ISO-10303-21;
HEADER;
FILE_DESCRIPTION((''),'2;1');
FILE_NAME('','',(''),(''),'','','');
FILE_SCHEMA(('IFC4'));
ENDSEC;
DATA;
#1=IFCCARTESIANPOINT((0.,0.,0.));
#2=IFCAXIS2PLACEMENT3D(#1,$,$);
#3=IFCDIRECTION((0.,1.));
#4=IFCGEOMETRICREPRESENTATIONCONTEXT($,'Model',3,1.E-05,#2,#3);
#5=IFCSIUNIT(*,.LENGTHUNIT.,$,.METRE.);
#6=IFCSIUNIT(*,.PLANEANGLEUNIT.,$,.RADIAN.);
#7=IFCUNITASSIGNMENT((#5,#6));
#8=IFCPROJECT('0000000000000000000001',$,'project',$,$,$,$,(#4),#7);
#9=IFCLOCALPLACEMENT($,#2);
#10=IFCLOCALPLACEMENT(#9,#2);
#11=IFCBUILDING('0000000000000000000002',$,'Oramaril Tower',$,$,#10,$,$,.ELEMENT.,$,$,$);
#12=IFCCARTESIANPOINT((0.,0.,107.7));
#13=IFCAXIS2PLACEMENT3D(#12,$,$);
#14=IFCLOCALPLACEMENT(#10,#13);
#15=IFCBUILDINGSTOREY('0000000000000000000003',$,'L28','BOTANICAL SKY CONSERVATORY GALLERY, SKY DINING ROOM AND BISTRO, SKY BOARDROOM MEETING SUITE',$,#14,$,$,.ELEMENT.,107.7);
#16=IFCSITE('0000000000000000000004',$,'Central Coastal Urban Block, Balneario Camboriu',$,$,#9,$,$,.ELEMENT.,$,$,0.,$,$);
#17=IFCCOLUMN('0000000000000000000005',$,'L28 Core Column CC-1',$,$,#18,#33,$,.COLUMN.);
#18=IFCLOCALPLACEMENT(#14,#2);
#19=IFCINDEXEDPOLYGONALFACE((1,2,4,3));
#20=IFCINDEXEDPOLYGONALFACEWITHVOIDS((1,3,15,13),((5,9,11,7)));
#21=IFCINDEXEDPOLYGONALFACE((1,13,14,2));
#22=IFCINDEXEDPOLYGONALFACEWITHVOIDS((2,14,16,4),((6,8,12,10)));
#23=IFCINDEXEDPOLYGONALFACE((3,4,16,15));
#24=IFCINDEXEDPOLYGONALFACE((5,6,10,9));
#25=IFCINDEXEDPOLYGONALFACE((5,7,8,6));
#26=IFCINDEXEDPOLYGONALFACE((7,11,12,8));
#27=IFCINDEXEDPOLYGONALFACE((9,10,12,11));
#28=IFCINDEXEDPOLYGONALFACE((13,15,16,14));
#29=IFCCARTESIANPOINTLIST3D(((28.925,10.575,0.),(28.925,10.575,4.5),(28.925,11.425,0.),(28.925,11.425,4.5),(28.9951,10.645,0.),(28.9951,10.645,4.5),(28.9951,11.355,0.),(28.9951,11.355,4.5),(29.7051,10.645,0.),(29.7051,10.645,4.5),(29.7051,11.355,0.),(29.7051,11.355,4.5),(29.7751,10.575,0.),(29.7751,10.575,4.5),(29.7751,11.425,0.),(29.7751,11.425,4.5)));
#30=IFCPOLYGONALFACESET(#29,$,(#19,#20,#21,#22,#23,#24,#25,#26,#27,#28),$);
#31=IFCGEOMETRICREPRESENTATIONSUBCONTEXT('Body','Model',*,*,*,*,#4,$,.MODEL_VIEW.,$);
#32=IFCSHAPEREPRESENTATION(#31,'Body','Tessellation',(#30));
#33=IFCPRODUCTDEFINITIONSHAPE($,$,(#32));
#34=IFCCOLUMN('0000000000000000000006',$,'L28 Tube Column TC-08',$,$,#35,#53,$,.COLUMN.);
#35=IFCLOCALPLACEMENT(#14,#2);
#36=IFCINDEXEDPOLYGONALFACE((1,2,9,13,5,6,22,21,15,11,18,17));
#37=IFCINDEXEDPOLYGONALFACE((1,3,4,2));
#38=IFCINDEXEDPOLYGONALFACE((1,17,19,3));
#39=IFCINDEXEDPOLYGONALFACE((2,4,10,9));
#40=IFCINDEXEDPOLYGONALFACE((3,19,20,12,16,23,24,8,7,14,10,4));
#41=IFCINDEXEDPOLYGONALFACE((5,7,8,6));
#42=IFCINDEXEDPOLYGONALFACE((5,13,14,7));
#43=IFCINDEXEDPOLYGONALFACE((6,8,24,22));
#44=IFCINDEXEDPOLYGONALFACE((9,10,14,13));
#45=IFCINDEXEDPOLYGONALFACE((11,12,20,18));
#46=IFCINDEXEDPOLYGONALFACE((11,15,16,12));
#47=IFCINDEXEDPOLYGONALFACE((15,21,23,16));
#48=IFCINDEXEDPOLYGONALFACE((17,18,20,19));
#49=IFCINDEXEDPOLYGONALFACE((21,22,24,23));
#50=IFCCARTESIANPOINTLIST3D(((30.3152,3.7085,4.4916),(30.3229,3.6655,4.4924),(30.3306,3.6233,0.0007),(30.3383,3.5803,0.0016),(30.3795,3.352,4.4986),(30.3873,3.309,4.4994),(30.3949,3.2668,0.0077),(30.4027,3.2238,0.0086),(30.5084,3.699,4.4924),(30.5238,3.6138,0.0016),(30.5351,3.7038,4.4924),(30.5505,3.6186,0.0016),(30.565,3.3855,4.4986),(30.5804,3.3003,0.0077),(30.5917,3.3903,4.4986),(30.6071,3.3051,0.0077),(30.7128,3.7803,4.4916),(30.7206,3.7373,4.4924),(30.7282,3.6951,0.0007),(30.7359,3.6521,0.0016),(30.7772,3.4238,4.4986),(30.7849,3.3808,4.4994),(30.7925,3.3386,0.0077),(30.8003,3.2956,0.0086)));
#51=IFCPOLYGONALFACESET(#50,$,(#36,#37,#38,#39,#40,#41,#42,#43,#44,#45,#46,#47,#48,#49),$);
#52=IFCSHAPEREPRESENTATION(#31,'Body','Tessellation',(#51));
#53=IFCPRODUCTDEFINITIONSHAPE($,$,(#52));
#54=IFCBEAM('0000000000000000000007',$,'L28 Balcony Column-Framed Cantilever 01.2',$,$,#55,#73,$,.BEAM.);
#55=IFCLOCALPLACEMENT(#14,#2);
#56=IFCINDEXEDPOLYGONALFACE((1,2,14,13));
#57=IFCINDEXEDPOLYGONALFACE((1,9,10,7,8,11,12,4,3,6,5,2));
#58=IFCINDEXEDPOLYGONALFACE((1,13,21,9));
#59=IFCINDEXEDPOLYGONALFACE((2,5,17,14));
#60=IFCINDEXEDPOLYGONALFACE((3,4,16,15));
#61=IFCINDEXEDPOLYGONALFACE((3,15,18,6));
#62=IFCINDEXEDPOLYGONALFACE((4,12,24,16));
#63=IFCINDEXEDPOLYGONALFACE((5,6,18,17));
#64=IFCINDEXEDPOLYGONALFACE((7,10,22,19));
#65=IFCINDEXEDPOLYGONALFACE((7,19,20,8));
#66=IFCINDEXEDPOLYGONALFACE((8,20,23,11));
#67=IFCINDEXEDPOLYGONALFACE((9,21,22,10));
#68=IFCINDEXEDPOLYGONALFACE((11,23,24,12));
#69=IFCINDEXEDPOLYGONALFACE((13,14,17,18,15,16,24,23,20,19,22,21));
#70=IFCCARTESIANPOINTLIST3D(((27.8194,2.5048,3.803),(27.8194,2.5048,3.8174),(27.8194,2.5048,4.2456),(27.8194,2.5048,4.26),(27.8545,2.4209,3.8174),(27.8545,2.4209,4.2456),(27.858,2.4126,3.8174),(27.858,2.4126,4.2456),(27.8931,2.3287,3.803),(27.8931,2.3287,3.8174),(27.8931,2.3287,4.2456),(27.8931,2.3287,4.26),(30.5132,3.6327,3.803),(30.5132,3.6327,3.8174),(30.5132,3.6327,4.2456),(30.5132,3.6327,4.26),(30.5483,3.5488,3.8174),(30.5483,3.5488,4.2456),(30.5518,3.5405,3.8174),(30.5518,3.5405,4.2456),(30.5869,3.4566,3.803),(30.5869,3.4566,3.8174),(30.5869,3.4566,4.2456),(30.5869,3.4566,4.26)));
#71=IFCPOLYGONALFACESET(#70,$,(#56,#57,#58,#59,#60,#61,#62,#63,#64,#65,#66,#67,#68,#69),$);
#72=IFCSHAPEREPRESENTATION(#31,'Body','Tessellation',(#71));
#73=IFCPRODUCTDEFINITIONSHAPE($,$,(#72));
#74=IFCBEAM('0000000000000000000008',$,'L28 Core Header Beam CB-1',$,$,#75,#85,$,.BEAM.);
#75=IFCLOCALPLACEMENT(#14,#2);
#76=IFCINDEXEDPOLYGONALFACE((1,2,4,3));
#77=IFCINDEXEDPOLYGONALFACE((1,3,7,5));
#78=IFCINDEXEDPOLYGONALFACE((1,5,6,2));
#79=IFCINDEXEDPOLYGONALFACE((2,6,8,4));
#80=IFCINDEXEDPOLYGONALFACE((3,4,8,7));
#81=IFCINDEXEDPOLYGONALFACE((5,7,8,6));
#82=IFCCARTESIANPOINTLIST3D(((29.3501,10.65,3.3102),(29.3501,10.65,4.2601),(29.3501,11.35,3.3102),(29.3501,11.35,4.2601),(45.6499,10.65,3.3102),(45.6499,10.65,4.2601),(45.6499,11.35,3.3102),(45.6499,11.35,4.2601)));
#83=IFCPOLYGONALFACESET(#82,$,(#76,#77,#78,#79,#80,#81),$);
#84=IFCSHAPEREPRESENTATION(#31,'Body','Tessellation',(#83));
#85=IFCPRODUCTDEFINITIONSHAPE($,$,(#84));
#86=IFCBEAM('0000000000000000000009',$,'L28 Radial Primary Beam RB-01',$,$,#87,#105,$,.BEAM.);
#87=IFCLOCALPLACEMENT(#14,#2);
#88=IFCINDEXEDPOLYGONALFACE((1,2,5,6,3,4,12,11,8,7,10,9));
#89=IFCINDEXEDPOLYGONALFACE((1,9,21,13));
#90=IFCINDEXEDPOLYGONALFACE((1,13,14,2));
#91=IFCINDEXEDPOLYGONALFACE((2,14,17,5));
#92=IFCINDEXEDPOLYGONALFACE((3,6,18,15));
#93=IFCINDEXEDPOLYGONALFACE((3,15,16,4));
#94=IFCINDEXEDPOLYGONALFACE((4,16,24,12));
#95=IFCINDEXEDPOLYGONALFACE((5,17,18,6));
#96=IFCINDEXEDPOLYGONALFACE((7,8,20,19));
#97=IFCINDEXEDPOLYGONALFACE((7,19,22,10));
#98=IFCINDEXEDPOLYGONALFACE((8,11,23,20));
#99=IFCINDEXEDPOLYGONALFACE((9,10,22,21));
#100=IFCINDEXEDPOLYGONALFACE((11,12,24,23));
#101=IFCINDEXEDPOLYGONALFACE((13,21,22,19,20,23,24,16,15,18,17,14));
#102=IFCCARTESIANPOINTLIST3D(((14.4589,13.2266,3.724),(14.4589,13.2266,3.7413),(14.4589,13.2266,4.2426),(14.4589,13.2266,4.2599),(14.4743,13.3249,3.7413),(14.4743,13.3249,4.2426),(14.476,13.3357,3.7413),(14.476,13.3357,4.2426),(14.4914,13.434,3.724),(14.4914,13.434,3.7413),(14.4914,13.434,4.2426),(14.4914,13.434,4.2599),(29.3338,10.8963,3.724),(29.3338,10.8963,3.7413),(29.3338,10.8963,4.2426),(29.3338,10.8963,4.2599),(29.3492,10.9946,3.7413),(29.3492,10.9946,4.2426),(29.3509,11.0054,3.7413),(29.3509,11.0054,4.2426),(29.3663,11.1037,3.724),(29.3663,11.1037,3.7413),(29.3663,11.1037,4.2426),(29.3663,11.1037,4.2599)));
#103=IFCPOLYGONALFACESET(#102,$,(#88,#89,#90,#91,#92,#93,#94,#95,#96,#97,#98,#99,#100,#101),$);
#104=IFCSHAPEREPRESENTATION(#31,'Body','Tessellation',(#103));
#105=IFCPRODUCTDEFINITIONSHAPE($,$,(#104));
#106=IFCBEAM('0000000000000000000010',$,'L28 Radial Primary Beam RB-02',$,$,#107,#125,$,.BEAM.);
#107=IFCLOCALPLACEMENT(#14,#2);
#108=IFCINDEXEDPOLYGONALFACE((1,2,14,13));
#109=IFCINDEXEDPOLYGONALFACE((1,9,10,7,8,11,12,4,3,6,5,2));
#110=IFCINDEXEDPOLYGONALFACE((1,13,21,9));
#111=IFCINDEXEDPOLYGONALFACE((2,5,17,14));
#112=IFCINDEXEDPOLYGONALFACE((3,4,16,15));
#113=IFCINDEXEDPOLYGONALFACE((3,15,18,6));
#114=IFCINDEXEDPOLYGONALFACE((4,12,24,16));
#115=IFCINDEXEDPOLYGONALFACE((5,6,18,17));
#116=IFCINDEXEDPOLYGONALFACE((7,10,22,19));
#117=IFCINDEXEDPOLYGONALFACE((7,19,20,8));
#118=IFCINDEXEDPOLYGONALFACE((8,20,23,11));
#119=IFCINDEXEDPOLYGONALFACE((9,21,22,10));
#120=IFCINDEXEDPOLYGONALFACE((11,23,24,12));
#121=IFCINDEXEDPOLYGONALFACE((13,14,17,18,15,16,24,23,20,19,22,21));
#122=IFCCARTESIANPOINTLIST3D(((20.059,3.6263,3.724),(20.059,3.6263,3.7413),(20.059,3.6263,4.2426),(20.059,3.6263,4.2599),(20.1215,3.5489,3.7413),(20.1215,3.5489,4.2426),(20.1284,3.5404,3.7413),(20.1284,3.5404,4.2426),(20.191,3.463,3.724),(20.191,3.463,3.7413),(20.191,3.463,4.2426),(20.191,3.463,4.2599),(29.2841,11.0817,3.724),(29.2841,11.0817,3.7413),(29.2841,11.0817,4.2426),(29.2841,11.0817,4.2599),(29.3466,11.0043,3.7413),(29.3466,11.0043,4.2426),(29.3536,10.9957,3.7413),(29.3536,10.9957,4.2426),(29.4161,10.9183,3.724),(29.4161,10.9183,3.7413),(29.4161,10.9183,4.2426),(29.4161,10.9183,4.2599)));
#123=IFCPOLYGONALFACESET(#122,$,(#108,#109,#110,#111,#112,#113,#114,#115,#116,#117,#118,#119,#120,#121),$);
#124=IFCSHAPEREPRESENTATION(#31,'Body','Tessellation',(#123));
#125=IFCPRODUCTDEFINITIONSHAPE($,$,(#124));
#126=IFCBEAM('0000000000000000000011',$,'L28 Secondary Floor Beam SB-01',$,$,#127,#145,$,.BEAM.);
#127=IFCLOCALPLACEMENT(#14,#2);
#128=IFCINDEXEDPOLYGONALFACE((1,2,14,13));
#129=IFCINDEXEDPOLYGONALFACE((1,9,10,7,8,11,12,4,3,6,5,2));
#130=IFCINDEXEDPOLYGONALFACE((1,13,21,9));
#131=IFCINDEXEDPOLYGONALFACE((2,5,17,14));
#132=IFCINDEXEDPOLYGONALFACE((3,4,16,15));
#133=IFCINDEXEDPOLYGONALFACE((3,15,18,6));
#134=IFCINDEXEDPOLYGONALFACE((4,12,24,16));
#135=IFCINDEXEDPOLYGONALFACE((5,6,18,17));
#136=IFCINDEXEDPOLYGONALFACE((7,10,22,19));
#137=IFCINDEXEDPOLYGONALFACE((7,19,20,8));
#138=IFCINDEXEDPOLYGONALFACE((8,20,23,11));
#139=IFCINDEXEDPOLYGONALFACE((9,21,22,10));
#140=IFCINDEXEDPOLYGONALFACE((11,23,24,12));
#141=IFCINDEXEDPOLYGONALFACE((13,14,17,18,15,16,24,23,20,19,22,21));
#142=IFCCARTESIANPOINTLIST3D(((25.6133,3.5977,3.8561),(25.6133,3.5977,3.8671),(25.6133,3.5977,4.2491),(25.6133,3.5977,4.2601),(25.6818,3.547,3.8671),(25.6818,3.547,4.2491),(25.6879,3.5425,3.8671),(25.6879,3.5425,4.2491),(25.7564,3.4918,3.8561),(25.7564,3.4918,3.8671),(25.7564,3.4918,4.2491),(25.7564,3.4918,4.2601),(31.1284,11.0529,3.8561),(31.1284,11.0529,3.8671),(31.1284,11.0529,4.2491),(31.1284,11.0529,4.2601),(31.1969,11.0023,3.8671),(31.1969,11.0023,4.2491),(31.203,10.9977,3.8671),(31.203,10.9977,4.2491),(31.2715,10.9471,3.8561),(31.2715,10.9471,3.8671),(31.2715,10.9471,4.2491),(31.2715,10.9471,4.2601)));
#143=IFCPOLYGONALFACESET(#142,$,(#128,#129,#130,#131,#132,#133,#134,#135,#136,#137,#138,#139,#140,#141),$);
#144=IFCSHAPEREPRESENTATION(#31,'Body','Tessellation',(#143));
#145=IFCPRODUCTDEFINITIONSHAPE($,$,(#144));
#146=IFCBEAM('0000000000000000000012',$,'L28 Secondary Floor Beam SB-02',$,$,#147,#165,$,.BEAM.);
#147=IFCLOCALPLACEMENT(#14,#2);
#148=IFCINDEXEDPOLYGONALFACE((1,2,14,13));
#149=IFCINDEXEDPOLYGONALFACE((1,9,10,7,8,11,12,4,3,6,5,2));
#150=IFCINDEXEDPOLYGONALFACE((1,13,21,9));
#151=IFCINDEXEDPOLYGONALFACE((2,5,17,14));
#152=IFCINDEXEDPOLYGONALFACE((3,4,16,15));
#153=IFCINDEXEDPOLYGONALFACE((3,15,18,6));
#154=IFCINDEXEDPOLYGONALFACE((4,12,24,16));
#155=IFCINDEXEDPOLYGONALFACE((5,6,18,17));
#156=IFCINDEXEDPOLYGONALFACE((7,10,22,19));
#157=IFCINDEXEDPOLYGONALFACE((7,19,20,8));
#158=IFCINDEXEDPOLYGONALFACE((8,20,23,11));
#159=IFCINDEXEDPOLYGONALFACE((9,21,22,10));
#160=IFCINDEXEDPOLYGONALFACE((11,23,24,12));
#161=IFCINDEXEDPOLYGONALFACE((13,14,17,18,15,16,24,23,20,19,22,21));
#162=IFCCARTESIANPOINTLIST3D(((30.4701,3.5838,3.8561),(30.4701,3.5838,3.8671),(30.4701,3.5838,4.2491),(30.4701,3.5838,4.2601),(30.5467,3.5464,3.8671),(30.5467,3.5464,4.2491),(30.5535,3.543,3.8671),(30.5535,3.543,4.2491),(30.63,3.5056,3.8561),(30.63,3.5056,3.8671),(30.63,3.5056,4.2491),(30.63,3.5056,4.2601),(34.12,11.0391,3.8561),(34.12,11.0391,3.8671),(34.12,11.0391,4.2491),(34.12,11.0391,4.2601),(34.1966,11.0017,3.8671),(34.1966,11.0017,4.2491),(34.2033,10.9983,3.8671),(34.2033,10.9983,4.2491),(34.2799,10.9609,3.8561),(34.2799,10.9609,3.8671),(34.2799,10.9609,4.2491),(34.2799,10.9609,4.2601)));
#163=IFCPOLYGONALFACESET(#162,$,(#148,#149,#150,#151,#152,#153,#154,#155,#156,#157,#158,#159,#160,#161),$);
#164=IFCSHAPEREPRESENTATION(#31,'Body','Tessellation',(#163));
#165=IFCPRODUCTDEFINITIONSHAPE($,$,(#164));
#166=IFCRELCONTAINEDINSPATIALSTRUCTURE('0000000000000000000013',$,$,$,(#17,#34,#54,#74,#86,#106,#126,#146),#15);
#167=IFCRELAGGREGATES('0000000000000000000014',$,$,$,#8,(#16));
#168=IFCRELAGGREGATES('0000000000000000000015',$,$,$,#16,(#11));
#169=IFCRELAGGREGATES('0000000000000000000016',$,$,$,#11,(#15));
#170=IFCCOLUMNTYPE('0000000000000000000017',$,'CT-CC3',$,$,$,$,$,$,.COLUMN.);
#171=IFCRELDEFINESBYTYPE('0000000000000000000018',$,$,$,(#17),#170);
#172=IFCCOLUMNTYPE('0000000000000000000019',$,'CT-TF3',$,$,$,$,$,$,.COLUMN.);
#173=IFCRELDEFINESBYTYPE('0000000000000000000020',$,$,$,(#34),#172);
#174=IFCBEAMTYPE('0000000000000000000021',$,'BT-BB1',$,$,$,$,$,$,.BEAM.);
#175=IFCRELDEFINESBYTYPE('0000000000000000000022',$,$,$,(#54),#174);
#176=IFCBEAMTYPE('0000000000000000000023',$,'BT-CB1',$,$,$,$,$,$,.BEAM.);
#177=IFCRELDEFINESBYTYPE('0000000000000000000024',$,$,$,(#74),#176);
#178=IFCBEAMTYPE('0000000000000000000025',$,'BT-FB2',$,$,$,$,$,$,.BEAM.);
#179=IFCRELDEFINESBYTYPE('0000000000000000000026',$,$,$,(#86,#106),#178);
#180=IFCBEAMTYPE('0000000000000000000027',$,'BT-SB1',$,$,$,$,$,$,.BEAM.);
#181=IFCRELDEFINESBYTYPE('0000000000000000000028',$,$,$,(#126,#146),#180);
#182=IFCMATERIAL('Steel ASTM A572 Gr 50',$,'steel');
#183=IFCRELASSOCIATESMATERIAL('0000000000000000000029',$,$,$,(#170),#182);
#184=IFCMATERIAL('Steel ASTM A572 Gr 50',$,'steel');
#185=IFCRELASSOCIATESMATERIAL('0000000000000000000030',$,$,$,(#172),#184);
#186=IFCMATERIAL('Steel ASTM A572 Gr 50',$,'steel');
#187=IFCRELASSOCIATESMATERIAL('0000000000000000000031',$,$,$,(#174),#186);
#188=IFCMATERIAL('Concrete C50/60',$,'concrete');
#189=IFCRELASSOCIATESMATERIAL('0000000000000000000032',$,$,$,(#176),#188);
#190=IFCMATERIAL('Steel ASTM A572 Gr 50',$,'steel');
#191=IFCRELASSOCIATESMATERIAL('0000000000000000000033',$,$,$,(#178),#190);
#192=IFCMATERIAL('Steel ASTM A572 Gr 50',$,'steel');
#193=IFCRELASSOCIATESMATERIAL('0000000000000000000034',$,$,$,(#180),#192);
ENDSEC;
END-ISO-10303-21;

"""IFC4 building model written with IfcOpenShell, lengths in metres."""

from ifc_helpers import new_model, si_unit, direction, frame, origin, origin_2d, place, context, subcontext, project, spatial, rectangle, hollow_rectangle, i_section, extrude, material, material_profile, profile_set, type_object, element, save


model = new_model("IFC4")

# Units and contexts
model_context = context("Model", 3, precision=1e-05, world=origin(), true_north=direction((0.0, 1.0)))
body_context = subcontext(model_context, "Body", "Model", "MODEL_VIEW")
ifc_project = project(units=[si_unit("LENGTHUNIT", "METRE"), si_unit("PLANEANGLEUNIT", "RADIAN")], contexts=[model_context])

# Site, building, storey
site_placement = place(None, origin())
site = spatial("IfcSite", under=ifc_project, at=site_placement, Name="Central Coastal Urban Block, Balneario Camboriu", CompositionType="ELEMENT", RefElevation=0.0)
building_placement = place(site_placement, origin())
building = spatial("IfcBuilding", under=site, at=building_placement, Name="Oramaril Tower", CompositionType="ELEMENT")
storey_placement = place(building_placement, frame((0.0, 0.0, 107.7)))
storey = spatial("IfcBuildingStorey", under=building, at=storey_placement, Name="L28", Description="BOTANICAL SKY CONSERVATORY GALLERY, SKY DINING ROOM AND BISTRO, SKY BOARDROOM MEETING SUITE", CompositionType="ELEMENT", Elevation=107.7)

# Columns
ifc_material_1 = material(Name="Steel ASTM A572 Gr 50", Category="steel")
ifc_material_profile_1 = material_profile(ifc_material_1, hollow_rectangle(XDim=0.8501, YDim=0.8501, WallThickness=0.0701, at=origin_2d()), Name="BOX850X850X70")
ifc_profile_set_1 = profile_set([ifc_material_profile_1], Name="Steel ASTM A572 Gr 50")
column_type_1 = type_object("IfcColumnType", Name="CT-CC3", PredefinedType="COLUMN", material=ifc_profile_set_1)
column_1_placement = place(storey_placement, frame((29.3501, 11.0, 0.0), z_axis=(0.0, 0.0, 1.0), x_axis=(1.0, 0.0, 0.0)))
element("IfcColumn", 1, at=column_1_placement, inside=storey, type_object=column_type_1, Name="L28 Core Column CC-1", PredefinedType="COLUMN", context=body_context, shape_type="SweptSolid", body=[
    extrude(hollow_rectangle(XDim=0.8501, YDim=0.8501, WallThickness=0.0701, at=origin_2d()), origin(), (0.0, 0.0, 1.0), 4.5),
])
ifc_material_2 = material(Name="Steel ASTM A572 Gr 50", Category="steel")
ifc_material_profile_2 = material_profile(ifc_material_2, i_section(OverallWidth=0.4041, OverallDepth=0.406, WebThickness=0.0271, FlangeThickness=0.0437, at=origin_2d()), Name="W14X233")
ifc_profile_set_2 = profile_set([ifc_material_profile_2], Name="Steel ASTM A572 Gr 50")
column_type_2 = type_object("IfcColumnType", Name="CT-TF3", PredefinedType="COLUMN", material=ifc_profile_set_2)
column_2_placement = place(storey_placement, frame((30.5654, 3.4595, 0.0046), z_axis=(-0.003424, 0.018969, 0.999814), x_axis=(-0.984095, -0.177645, 0.0)))
element("IfcColumn", 2, at=column_2_placement, inside=storey, type_object=column_type_2, Name="L28 Tube Column TC-08", PredefinedType="COLUMN", context=body_context, shape_type="SweptSolid", body=[
    extrude(i_section(OverallWidth=0.4041, OverallDepth=0.406, WebThickness=0.0271, FlangeThickness=0.0437, at=origin_2d()), origin(), (0.0, 0.0, 1.0), 4.4917),
])

# Beams
ifc_material_3 = material(Name="Steel ASTM A572 Gr 50", Category="steel")
ifc_material_profile_3 = material_profile(ifc_material_3, i_section(OverallWidth=0.1909, OverallDepth=0.457, WebThickness=0.009, FlangeThickness=0.0144, at=origin_2d()), Name="W18X50")
ifc_profile_set_3 = profile_set([ifc_material_profile_3], Name="Steel ASTM A572 Gr 50")
beam_type_1 = type_object("IfcBeamType", Name="BT-BB1", PredefinedType="BEAM", material=ifc_profile_set_3)
beam_1_placement = place(storey_placement, frame((30.55, 3.5447, 4.0315), z_axis=(-0.922408, -0.386217, 0.0), x_axis=(0.386217, -0.922408, 0.0)))
element("IfcBeam", 3, at=beam_1_placement, inside=storey, type_object=beam_type_1, Name="L28 Balcony Column-Framed Cantilever 01.2", PredefinedType="BEAM", context=body_context, shape_type="SweptSolid", body=[
    extrude(i_section(OverallWidth=0.1909, OverallDepth=0.457, WebThickness=0.009, FlangeThickness=0.0144, at=origin_2d()), origin(), (0.0, 0.0, 1.0), 2.9204),
])
ifc_material_4 = material(Name="Concrete C50/60", Category="concrete")
ifc_material_profile_4 = material_profile(ifc_material_4, rectangle(XDim=0.7, YDim=0.95, at=origin_2d()), Name="CB700X950")
ifc_profile_set_4 = profile_set([ifc_material_profile_4], Name="Concrete C50/60")
beam_type_2 = type_object("IfcBeamType", Name="BT-CB1", PredefinedType="BEAM", material=ifc_profile_set_4)
beam_2_placement = place(storey_placement, frame((29.3501, 11.0, 3.7852), z_axis=(1.0, 0.0, 0.0), x_axis=(0.0, 1.0, 0.0)))
element("IfcBeam", 4, at=beam_2_placement, inside=storey, type_object=beam_type_2, Name="L28 Core Header Beam CB-1", PredefinedType="BEAM", context=body_context, shape_type="SweptSolid", body=[
    extrude(rectangle(XDim=0.7, YDim=0.95, at=origin_2d()), origin(), (0.0, 0.0, 1.0), 16.2998),
])
ifc_material_5 = material(Name="Steel ASTM A572 Gr 50", Category="steel")
ifc_material_profile_5 = material_profile(ifc_material_5, i_section(OverallWidth=0.21, OverallDepth=0.5359, WebThickness=0.011, FlangeThickness=0.0173, at=origin_2d()), Name="W21X68")
ifc_profile_set_5 = profile_set([ifc_material_profile_5], Name="Steel ASTM A572 Gr 50")
beam_type_3 = type_object("IfcBeamType", Name="BT-FB2", PredefinedType="BEAM", material=ifc_profile_set_5)
beam_3_placement = place(storey_placement, frame((29.3501, 11.0, 3.9919), z_axis=(-0.98795, 0.154773, 0.0), x_axis=(-0.154773, -0.98795, 0.0)))
element("IfcBeam", 5, at=beam_3_placement, inside=storey, type_object=beam_type_3, Name="L28 Radial Primary Beam RB-01", PredefinedType="BEAM", context=body_context, shape_type="SweptSolid", body=[
    extrude(i_section(OverallWidth=0.21, OverallDepth=0.5359, WebThickness=0.011, FlangeThickness=0.0173, at=origin_2d()), origin(), (0.0, 0.0, 1.0), 15.0564),
])
beam_4_placement = place(storey_placement, frame((29.3501, 11.0, 3.9919), z_axis=(-0.777765, -0.628556, 0.0), x_axis=(0.628556, -0.777765, 0.0)))
element("IfcBeam", 6, at=beam_4_placement, inside=storey, type_object=beam_type_3, Name="L28 Radial Primary Beam RB-02", PredefinedType="BEAM", context=body_context, shape_type="SweptSolid", body=[
    extrude(i_section(OverallWidth=0.21, OverallDepth=0.5359, WebThickness=0.011, FlangeThickness=0.0173, at=origin_2d()), origin(), (0.0, 0.0, 1.0), 11.8611),
])
ifc_material_6 = material(Name="Steel ASTM A572 Gr 50", Category="steel")
ifc_material_profile_6 = material_profile(ifc_material_6, i_section(OverallWidth=0.178, OverallDepth=0.4041, WebThickness=0.0076, FlangeThickness=0.011, at=origin_2d()), Name="W16X36")
ifc_profile_set_6 = profile_set([ifc_material_profile_6], Name="Steel ASTM A572 Gr 50")
beam_type_4 = type_object("IfcBeamType", Name="BT-SB1", PredefinedType="BEAM", material=ifc_profile_set_6)
beam_5_placement = place(storey_placement, frame((31.2, 11.0, 4.0581), z_axis=(-0.594717, -0.803935, 0.0), x_axis=(0.803935, -0.594717, 0.0)))
element("IfcBeam", 7, at=beam_5_placement, inside=storey, type_object=beam_type_4, Name="L28 Secondary Floor Beam SB-01", PredefinedType="BEAM", context=body_context, shape_type="SweptSolid", body=[
    extrude(i_section(OverallWidth=0.178, OverallDepth=0.4041, WebThickness=0.0076, FlangeThickness=0.011, at=origin_2d()), origin(), (0.0, 0.0, 1.0), 9.2734),
])
beam_6_placement = place(storey_placement, frame((34.2, 11.0, 4.0581), z_axis=(-0.439704, -0.898143, 0.0), x_axis=(0.898143, -0.439704, 0.0)))
element("IfcBeam", 8, at=beam_6_placement, inside=storey, type_object=beam_type_4, Name="L28 Secondary Floor Beam SB-02", PredefinedType="BEAM", context=body_context, shape_type="SweptSolid", body=[
    extrude(i_section(OverallWidth=0.178, OverallDepth=0.4041, WebThickness=0.0076, FlangeThickness=0.011, at=origin_2d()), origin(), (0.0, 0.0, 1.0), 8.3008),
])

save(model, "model.ifc")
